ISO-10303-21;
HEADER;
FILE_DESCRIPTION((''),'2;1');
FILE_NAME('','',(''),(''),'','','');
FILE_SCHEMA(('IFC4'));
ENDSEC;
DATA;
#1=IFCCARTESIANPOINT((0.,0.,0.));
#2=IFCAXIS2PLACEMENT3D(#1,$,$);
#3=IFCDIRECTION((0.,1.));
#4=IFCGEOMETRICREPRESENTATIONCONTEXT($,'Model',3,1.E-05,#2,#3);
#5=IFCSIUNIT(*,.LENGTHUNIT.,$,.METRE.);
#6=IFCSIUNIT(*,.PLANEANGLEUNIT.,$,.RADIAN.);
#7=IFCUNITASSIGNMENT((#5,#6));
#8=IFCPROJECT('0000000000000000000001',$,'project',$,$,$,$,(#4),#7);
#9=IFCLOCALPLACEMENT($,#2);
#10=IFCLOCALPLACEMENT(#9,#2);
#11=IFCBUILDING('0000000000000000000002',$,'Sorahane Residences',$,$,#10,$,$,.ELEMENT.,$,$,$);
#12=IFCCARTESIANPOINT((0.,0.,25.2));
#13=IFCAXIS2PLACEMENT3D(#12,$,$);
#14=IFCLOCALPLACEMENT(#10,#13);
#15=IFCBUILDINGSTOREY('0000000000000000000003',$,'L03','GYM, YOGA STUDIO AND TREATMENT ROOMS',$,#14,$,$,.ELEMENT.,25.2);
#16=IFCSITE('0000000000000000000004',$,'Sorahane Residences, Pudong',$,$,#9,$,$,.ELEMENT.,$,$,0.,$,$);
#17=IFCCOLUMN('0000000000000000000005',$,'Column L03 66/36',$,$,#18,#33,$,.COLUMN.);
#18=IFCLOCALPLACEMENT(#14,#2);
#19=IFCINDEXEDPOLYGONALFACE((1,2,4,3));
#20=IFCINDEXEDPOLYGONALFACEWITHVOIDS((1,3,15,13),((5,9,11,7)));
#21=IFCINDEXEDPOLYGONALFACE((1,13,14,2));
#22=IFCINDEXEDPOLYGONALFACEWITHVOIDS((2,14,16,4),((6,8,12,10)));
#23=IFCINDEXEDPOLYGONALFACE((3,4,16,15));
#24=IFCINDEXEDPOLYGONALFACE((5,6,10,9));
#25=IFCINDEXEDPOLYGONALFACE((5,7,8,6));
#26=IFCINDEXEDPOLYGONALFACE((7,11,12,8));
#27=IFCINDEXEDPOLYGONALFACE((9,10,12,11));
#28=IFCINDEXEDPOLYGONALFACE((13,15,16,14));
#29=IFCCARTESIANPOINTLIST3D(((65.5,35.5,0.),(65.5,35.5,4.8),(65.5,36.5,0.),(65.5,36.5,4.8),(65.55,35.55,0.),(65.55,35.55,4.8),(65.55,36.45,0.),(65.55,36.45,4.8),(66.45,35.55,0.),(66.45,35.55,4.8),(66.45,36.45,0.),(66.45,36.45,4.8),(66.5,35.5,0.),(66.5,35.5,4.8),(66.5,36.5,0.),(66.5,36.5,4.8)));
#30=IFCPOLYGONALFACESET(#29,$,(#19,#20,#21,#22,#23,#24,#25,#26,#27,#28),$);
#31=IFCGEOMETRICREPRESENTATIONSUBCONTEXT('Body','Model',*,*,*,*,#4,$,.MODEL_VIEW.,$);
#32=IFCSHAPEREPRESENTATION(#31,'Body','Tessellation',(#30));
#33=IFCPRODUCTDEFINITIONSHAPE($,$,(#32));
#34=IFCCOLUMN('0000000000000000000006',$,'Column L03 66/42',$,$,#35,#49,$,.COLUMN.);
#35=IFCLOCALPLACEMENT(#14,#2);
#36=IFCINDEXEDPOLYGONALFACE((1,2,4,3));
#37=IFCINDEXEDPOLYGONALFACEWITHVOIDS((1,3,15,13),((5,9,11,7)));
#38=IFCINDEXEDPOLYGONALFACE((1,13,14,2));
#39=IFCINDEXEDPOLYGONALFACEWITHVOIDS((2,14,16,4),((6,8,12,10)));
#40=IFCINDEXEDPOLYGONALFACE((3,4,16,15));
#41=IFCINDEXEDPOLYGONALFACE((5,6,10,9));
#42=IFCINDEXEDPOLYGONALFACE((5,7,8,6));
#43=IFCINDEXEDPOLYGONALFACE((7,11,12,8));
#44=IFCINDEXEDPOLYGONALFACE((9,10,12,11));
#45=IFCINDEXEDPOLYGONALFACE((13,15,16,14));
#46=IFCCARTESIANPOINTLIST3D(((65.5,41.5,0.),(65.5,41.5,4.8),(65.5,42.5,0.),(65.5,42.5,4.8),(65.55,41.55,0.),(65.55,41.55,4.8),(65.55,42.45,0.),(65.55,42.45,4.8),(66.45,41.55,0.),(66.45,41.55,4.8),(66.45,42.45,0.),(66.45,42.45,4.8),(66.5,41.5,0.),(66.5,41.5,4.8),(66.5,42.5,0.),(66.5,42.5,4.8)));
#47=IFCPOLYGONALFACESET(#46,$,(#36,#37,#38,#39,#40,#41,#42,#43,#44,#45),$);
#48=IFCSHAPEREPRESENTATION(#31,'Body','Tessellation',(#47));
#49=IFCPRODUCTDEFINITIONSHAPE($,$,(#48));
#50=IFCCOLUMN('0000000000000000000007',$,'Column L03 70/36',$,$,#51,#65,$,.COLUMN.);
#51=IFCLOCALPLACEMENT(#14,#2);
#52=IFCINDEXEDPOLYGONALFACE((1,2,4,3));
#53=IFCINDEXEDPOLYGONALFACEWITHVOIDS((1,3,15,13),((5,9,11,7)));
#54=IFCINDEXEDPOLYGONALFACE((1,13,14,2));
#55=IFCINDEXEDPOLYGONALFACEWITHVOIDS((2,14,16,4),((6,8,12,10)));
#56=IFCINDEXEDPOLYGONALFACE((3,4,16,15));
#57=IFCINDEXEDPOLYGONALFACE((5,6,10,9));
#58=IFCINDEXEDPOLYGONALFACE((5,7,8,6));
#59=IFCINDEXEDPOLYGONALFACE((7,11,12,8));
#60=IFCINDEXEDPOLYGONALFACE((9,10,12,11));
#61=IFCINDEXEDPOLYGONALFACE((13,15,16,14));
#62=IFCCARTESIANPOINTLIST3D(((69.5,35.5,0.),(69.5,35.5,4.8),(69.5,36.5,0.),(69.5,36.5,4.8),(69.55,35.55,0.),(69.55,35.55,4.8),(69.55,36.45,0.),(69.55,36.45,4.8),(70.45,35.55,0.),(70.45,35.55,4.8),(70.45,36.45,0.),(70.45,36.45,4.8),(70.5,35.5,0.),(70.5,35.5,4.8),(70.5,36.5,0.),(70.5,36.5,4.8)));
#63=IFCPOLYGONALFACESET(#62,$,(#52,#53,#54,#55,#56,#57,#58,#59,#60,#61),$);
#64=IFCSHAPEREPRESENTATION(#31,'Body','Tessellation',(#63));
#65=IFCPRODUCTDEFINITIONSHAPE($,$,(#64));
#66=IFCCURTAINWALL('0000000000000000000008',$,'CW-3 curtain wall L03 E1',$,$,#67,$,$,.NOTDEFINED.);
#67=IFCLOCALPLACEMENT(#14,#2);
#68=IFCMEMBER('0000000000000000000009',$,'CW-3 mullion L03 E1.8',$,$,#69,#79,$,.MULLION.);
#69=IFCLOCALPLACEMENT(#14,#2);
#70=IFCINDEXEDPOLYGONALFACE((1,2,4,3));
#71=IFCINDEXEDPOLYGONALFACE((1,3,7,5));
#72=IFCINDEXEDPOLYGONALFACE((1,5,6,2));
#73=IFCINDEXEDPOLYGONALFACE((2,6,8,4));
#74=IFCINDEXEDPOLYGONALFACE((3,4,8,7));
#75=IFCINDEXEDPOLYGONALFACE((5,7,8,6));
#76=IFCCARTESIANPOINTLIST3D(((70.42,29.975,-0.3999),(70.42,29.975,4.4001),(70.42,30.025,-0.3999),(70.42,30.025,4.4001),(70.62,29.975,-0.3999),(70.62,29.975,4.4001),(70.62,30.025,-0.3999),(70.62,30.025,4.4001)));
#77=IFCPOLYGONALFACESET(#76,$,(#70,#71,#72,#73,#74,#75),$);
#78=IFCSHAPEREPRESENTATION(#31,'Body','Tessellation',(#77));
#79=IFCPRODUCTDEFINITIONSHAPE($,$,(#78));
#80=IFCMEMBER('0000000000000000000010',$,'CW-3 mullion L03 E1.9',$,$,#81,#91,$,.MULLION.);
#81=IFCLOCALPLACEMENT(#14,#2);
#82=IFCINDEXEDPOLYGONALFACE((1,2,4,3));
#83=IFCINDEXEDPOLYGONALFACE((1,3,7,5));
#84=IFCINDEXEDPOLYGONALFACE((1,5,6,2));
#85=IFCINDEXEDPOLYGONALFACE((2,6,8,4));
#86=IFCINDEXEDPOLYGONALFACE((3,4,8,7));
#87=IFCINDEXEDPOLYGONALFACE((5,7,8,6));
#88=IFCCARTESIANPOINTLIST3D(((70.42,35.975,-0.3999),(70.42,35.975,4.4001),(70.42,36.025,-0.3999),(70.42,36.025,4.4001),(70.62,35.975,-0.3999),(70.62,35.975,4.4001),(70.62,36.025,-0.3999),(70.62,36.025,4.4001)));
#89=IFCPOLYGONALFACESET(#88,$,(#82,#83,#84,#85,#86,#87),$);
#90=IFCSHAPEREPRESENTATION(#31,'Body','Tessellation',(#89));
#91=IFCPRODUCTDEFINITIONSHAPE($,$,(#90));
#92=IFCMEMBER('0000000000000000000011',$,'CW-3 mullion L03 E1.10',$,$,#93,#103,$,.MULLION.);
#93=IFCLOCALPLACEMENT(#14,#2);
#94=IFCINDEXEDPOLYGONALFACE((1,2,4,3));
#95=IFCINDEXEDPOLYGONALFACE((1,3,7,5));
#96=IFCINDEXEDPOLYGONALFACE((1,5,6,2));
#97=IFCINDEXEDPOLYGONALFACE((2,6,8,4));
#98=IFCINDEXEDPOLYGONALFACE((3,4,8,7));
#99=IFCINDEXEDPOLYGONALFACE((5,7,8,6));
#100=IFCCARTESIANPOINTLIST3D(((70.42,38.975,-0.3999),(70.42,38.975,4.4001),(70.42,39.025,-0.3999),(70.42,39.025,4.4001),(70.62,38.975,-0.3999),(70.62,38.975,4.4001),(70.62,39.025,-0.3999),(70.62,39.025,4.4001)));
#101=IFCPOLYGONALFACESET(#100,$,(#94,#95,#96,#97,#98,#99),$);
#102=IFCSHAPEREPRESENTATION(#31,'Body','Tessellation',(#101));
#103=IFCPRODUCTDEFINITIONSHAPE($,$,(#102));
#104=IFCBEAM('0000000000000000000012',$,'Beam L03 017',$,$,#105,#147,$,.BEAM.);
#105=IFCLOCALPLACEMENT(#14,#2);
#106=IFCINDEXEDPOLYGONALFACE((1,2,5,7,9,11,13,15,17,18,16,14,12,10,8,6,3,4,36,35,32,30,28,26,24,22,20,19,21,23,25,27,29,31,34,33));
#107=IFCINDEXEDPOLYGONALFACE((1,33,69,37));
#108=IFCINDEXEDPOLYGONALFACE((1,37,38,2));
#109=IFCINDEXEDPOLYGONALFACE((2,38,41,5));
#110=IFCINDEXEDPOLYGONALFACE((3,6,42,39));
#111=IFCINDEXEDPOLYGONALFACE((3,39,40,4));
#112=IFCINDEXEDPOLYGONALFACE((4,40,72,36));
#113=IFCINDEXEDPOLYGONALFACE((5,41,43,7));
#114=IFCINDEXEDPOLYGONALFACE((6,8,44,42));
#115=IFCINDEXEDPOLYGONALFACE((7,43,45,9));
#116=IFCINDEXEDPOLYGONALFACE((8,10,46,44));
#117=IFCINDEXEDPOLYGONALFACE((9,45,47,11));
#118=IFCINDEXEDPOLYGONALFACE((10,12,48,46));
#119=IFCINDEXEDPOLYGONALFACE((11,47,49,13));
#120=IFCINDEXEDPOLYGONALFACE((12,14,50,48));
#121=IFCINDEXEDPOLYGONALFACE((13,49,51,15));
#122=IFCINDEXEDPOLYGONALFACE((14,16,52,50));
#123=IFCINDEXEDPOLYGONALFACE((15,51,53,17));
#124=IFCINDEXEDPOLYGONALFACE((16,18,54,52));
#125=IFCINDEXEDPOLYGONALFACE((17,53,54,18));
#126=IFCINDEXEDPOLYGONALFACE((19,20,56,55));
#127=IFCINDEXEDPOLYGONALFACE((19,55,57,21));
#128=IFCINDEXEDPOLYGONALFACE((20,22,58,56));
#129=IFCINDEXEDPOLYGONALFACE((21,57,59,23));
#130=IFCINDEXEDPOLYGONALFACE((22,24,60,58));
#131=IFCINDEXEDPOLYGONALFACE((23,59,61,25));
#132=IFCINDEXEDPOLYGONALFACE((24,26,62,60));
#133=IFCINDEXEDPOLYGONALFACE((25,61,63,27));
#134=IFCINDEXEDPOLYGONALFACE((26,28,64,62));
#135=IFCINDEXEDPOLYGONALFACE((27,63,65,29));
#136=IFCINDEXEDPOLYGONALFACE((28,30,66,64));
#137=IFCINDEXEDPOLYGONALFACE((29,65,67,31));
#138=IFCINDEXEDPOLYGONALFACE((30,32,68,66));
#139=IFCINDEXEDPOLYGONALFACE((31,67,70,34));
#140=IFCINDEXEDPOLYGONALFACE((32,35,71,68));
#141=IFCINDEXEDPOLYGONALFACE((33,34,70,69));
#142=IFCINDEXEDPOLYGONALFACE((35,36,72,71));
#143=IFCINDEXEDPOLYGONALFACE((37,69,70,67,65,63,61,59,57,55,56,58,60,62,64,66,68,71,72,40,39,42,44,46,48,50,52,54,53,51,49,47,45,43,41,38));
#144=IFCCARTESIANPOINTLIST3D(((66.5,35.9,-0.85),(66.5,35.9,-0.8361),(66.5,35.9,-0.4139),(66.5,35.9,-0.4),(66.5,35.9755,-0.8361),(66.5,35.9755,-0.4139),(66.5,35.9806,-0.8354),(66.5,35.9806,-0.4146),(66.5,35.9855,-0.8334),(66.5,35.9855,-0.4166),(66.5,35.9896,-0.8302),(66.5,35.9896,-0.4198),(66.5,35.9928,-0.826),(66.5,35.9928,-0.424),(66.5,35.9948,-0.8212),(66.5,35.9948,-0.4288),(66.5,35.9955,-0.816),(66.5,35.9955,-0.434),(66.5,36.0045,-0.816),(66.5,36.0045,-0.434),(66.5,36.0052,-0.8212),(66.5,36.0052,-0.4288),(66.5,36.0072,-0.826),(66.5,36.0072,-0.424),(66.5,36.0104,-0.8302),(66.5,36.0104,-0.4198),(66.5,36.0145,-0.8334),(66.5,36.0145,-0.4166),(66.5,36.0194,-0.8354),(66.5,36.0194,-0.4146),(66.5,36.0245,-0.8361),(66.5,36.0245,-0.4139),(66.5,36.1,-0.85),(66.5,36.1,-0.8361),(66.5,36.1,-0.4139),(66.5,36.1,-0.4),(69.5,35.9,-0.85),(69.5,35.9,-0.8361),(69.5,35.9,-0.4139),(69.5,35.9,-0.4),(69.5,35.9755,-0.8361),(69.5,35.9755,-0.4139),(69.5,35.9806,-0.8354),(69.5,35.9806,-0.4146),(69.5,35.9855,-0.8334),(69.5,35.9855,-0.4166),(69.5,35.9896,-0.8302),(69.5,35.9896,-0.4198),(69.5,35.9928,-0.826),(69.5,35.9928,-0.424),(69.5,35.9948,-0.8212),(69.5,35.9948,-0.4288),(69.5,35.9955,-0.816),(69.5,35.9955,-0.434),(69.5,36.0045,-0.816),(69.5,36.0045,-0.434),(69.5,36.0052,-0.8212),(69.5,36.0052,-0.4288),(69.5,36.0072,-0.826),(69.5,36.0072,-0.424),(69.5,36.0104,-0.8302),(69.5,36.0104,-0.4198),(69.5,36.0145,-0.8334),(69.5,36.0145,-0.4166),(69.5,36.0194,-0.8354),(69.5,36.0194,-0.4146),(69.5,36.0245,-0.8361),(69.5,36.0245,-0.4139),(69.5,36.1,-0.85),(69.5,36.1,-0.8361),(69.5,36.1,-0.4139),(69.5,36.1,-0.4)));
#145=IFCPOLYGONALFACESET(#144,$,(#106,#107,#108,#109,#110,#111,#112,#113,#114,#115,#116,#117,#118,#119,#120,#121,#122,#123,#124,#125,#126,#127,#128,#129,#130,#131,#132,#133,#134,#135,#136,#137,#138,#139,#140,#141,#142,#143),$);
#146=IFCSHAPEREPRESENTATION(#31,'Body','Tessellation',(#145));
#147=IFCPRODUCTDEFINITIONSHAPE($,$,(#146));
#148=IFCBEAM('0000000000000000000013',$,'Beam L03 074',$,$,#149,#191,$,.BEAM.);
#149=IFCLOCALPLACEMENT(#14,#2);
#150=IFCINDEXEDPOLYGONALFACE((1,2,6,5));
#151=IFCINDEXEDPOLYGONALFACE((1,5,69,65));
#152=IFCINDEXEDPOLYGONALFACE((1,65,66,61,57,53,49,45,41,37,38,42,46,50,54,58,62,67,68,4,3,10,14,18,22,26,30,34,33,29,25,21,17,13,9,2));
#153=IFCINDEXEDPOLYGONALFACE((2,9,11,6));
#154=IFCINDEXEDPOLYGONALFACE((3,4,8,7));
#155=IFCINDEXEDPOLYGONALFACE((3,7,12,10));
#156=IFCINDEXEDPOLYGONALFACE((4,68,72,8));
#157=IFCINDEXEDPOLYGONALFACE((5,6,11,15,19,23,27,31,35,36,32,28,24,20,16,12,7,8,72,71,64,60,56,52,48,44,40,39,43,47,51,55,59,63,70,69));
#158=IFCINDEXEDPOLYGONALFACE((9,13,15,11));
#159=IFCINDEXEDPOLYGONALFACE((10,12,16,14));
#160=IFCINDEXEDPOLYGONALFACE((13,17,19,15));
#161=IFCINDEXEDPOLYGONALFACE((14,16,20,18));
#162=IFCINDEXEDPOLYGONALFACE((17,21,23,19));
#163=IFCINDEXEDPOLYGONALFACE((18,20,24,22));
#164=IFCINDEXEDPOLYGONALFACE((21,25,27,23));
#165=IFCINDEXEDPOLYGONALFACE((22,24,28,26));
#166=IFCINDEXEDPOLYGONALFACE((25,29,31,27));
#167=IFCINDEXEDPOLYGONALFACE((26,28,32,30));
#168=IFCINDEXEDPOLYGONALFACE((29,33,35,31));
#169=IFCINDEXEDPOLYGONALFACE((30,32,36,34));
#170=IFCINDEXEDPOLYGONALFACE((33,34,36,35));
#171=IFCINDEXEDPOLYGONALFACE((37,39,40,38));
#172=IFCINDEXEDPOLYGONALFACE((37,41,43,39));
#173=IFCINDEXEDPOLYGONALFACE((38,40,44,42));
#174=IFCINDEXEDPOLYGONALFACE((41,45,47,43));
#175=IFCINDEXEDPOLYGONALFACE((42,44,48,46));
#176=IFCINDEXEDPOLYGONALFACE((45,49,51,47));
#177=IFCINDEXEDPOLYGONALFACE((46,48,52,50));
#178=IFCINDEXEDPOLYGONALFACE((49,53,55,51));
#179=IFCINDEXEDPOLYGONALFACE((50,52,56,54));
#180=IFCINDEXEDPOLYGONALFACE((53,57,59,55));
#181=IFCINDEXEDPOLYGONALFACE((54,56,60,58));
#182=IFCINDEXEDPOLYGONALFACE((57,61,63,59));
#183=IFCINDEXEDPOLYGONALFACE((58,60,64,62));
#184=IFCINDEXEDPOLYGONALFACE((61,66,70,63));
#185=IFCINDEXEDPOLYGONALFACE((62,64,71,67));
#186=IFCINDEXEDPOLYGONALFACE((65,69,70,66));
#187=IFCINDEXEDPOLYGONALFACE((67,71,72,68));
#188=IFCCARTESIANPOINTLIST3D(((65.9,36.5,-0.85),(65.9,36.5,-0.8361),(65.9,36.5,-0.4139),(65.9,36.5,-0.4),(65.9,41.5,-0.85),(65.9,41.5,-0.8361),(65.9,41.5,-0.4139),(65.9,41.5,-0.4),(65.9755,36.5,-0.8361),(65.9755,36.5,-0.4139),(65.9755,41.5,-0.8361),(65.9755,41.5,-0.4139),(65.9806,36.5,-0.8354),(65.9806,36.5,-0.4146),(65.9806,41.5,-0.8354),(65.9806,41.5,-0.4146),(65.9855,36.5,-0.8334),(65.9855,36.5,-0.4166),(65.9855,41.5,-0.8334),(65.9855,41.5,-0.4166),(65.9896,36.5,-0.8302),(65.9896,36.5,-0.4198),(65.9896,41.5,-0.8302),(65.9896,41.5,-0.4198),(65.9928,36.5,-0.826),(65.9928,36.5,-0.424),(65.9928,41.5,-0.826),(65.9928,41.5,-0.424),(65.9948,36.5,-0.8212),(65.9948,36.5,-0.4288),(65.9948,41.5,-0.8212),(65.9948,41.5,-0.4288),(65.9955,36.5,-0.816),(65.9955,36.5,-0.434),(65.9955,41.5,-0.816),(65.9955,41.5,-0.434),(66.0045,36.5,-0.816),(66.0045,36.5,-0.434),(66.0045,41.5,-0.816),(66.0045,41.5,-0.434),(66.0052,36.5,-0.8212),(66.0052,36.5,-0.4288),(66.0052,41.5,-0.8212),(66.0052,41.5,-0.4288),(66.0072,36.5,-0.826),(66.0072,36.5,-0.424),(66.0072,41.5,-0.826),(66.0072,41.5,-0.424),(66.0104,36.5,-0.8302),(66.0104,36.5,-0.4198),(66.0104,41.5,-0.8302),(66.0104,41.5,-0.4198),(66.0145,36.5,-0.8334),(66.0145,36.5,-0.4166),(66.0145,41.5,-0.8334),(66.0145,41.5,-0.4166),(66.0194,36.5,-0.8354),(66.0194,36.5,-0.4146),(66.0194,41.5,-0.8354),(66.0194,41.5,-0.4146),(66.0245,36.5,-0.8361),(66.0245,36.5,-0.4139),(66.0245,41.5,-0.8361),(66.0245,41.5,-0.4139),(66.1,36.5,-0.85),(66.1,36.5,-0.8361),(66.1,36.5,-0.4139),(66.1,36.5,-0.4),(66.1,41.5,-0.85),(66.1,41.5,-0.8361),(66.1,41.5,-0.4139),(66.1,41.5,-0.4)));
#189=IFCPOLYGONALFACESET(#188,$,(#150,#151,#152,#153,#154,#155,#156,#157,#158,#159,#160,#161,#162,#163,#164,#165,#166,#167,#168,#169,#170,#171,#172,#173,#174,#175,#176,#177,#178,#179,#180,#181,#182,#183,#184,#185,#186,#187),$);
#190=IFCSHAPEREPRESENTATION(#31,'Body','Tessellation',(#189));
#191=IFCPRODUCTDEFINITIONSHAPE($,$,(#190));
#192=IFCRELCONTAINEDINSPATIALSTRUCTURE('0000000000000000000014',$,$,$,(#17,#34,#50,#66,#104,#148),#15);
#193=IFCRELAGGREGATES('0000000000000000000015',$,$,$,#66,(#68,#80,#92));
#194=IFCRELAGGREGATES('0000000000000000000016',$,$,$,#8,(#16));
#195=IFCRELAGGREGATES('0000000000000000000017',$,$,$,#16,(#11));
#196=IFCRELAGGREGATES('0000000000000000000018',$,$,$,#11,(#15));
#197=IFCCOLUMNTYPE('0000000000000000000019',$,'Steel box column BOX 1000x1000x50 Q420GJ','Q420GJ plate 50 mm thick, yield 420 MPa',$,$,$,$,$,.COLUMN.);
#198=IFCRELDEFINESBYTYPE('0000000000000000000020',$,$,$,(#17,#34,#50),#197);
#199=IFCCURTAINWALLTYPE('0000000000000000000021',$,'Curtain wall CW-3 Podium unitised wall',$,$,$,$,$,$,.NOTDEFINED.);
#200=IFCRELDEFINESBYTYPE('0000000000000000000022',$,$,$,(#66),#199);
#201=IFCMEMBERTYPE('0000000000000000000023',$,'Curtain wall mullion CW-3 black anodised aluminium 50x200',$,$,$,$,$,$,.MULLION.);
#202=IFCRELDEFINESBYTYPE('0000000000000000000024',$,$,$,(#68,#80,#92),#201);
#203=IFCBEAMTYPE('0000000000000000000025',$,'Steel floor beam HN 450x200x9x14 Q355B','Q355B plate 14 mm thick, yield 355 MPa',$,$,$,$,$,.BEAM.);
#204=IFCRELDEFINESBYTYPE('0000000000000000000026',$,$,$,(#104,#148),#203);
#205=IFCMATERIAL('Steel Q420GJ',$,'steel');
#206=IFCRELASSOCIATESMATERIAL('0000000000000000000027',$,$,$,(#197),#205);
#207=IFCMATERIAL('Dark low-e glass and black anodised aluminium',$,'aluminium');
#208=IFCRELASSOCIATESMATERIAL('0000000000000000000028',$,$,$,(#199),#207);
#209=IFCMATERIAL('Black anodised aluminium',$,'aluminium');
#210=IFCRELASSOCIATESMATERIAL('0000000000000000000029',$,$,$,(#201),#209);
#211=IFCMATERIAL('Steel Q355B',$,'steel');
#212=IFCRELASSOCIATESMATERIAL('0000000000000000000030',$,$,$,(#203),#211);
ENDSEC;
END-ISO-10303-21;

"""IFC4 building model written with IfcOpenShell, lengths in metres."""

from ifc_helpers import new_model, si_unit, direction, frame, origin, origin_2d, place, context, subcontext, project, spatial, rectangle, hollow_rectangle, i_section, extrude, material, material_profile, profile_set, type_object, element, aggregate, save


model = new_model("IFC4")

# Units and contexts
model_context = context("Model", 3, precision=1e-05, world=origin(), true_north=direction((0.0, 1.0)))
body_context = subcontext(model_context, "Body", "Model", "MODEL_VIEW")
ifc_project = project(units=[si_unit("LENGTHUNIT", "METRE"), si_unit("PLANEANGLEUNIT", "RADIAN")], contexts=[model_context])

# Site, building, storey
site_placement = place(None, origin())
site = spatial("IfcSite", under=ifc_project, at=site_placement, Name="Sorahane Residences, Pudong", CompositionType="ELEMENT", RefElevation=0.0)
building_placement = place(site_placement, origin())
building = spatial("IfcBuilding", under=site, at=building_placement, Name="Sorahane Residences", CompositionType="ELEMENT")
storey_placement = place(building_placement, frame((0.0, 0.0, 25.2)))
storey = spatial("IfcBuildingStorey", under=building, at=storey_placement, Name="L03", Description="GYM, YOGA STUDIO AND TREATMENT ROOMS", CompositionType="ELEMENT", Elevation=25.2)

# Columns
ifc_material_1 = material(Name="Steel Q420GJ", Category="steel")
ifc_material_profile_1 = material_profile(ifc_material_1, hollow_rectangle(XDim=1.0, YDim=1.0, WallThickness=0.05, at=origin_2d()), Name="BOX 1000x1000x50")
ifc_profile_set_1 = profile_set([ifc_material_profile_1], Name="Steel Q420GJ")
column_type = type_object("IfcColumnType", Name="Steel box column BOX 1000x1000x50 Q420GJ", Description="Q420GJ plate 50 mm thick, yield 420 MPa", PredefinedType="COLUMN", material=ifc_profile_set_1)
for number, where, z_axis, x_axis, name in (
    (1, (66.0, 36.0, 0.0), (0.0, 0.0, 1.0), (1.0, 0.0, 0.0), "Column L03 66/36"),
    (2, (66.0, 42.0, 0.0), (0.0, 0.0, 1.0), (1.0, 0.0, 0.0), "Column L03 66/42"),
    (3, (70.0, 36.0, 0.0), (0.0, 0.0, 1.0), (1.0, 0.0, 0.0), "Column L03 70/36"),
):
    element("IfcColumn", number, at=place(storey_placement, frame(where, z_axis=z_axis, x_axis=x_axis)), inside=storey, type_object=column_type, Name=name, PredefinedType="COLUMN", context=body_context, shape_type="SweptSolid", body=[
        extrude(hollow_rectangle(XDim=1.0, YDim=1.0, WallThickness=0.05, at=origin_2d()), origin(), (0.0, 0.0, 1.0), 4.8),
    ])

# Curtain wall, members
ifc_material_2 = material(Name="Dark low-e glass and black anodised aluminium", Category="aluminium")
curtain_wall_type = type_object("IfcCurtainWallType", Name="Curtain wall CW-3 Podium unitised wall", PredefinedType="NOTDEFINED", material=ifc_material_2)
curtain_wall_placement = place(storey_placement, origin())
curtain_wall = element("IfcCurtainWall", 4, at=curtain_wall_placement, inside=storey, type_object=curtain_wall_type, Name="CW-3 curtain wall L03 E1", PredefinedType="NOTDEFINED")
ifc_material_3 = material(Name="Black anodised aluminium", Category="aluminium")
ifc_material_profile_2 = material_profile(ifc_material_3, rectangle(XDim=0.2, YDim=0.05, at=origin_2d()), Name="Curtain wall mullion CW-3 black anodised aluminium 50x200")
ifc_profile_set_2 = profile_set([ifc_material_profile_2], Name="Black anodised aluminium")
member_type = type_object("IfcMemberType", Name="Curtain wall mullion CW-3 black anodised aluminium 50x200", PredefinedType="MULLION", material=ifc_profile_set_2)
member_1_placement = place(storey_placement, frame((70.52, 30.0, -0.3999), z_axis=(0.0, 0.0, 1.0), x_axis=(1.0, 0.0, 0.0)))
member_1 = element("IfcMember", 5, at=member_1_placement, type_object=member_type, Name="CW-3 mullion L03 E1.8", PredefinedType="MULLION", context=body_context, shape_type="SweptSolid", body=[
    extrude(rectangle(XDim=0.2, YDim=0.05, at=origin_2d()), origin(), (0.0, 0.0, 1.0), 4.8),
])
member_2_placement = place(storey_placement, frame((70.52, 36.0, -0.3999), z_axis=(0.0, 0.0, 1.0), x_axis=(1.0, 0.0, 0.0)))
member_2 = element("IfcMember", 6, at=member_2_placement, type_object=member_type, Name="CW-3 mullion L03 E1.9", PredefinedType="MULLION", context=body_context, shape_type="SweptSolid", body=[
    extrude(rectangle(XDim=0.2, YDim=0.05, at=origin_2d()), origin(), (0.0, 0.0, 1.0), 4.8),
])
member_3_placement = place(storey_placement, frame((70.52, 39.0, -0.3999), z_axis=(0.0, 0.0, 1.0), x_axis=(1.0, 0.0, 0.0)))
member_3 = element("IfcMember", 7, at=member_3_placement, type_object=member_type, Name="CW-3 mullion L03 E1.10", PredefinedType="MULLION", context=body_context, shape_type="SweptSolid", body=[
    extrude(rectangle(XDim=0.2, YDim=0.05, at=origin_2d()), origin(), (0.0, 0.0, 1.0), 4.8),
])

# Beams
ifc_material_4 = material(Name="Steel Q355B", Category="steel")
ifc_material_profile_3 = material_profile(ifc_material_4, i_section(OverallWidth=0.2, OverallDepth=0.45, WebThickness=0.009, FlangeThickness=0.0139, FilletRadius=0.02, at=origin_2d()), Name="HN 450x200x9x14")
ifc_profile_set_3 = profile_set([ifc_material_profile_3], Name="Steel Q355B")
beam_type_1 = type_object("IfcBeamType", Name="Steel floor beam HN 450x200x9x14 Q355B", Description="Q355B plate 14 mm thick, yield 355 MPa", PredefinedType="BEAM", material=ifc_profile_set_3)
beam_1_placement = place(storey_placement, frame((66.5, 36.0, -0.625), z_axis=(1.0, 0.0, 0.0), x_axis=(0.0, 1.0, 0.0)))
element("IfcBeam", 8, at=beam_1_placement, inside=storey, type_object=beam_type_1, Name="Beam L03 017", PredefinedType="BEAM", context=body_context, shape_type="SweptSolid", body=[
    extrude(i_section(OverallWidth=0.2, OverallDepth=0.45, WebThickness=0.009, FlangeThickness=0.0139, FilletRadius=0.02, at=origin_2d()), origin(), (0.0, 0.0, 1.0), 3.0),
])
beam_2_placement = place(storey_placement, frame((66.0, 36.5, -0.625), z_axis=(0.0, 1.0, 0.0), x_axis=(-1.0, 0.0, 0.0)))
element("IfcBeam", 9, at=beam_2_placement, inside=storey, type_object=beam_type_1, Name="Beam L03 074", PredefinedType="BEAM", context=body_context, shape_type="SweptSolid", body=[
    extrude(i_section(OverallWidth=0.2, OverallDepth=0.45, WebThickness=0.009, FlangeThickness=0.0139, FilletRadius=0.02, at=origin_2d()), origin(), (0.0, 0.0, 1.0), 5.0),
])

aggregate(curtain_wall, [member_1, member_2, member_3])

save(model, "model.ifc")
